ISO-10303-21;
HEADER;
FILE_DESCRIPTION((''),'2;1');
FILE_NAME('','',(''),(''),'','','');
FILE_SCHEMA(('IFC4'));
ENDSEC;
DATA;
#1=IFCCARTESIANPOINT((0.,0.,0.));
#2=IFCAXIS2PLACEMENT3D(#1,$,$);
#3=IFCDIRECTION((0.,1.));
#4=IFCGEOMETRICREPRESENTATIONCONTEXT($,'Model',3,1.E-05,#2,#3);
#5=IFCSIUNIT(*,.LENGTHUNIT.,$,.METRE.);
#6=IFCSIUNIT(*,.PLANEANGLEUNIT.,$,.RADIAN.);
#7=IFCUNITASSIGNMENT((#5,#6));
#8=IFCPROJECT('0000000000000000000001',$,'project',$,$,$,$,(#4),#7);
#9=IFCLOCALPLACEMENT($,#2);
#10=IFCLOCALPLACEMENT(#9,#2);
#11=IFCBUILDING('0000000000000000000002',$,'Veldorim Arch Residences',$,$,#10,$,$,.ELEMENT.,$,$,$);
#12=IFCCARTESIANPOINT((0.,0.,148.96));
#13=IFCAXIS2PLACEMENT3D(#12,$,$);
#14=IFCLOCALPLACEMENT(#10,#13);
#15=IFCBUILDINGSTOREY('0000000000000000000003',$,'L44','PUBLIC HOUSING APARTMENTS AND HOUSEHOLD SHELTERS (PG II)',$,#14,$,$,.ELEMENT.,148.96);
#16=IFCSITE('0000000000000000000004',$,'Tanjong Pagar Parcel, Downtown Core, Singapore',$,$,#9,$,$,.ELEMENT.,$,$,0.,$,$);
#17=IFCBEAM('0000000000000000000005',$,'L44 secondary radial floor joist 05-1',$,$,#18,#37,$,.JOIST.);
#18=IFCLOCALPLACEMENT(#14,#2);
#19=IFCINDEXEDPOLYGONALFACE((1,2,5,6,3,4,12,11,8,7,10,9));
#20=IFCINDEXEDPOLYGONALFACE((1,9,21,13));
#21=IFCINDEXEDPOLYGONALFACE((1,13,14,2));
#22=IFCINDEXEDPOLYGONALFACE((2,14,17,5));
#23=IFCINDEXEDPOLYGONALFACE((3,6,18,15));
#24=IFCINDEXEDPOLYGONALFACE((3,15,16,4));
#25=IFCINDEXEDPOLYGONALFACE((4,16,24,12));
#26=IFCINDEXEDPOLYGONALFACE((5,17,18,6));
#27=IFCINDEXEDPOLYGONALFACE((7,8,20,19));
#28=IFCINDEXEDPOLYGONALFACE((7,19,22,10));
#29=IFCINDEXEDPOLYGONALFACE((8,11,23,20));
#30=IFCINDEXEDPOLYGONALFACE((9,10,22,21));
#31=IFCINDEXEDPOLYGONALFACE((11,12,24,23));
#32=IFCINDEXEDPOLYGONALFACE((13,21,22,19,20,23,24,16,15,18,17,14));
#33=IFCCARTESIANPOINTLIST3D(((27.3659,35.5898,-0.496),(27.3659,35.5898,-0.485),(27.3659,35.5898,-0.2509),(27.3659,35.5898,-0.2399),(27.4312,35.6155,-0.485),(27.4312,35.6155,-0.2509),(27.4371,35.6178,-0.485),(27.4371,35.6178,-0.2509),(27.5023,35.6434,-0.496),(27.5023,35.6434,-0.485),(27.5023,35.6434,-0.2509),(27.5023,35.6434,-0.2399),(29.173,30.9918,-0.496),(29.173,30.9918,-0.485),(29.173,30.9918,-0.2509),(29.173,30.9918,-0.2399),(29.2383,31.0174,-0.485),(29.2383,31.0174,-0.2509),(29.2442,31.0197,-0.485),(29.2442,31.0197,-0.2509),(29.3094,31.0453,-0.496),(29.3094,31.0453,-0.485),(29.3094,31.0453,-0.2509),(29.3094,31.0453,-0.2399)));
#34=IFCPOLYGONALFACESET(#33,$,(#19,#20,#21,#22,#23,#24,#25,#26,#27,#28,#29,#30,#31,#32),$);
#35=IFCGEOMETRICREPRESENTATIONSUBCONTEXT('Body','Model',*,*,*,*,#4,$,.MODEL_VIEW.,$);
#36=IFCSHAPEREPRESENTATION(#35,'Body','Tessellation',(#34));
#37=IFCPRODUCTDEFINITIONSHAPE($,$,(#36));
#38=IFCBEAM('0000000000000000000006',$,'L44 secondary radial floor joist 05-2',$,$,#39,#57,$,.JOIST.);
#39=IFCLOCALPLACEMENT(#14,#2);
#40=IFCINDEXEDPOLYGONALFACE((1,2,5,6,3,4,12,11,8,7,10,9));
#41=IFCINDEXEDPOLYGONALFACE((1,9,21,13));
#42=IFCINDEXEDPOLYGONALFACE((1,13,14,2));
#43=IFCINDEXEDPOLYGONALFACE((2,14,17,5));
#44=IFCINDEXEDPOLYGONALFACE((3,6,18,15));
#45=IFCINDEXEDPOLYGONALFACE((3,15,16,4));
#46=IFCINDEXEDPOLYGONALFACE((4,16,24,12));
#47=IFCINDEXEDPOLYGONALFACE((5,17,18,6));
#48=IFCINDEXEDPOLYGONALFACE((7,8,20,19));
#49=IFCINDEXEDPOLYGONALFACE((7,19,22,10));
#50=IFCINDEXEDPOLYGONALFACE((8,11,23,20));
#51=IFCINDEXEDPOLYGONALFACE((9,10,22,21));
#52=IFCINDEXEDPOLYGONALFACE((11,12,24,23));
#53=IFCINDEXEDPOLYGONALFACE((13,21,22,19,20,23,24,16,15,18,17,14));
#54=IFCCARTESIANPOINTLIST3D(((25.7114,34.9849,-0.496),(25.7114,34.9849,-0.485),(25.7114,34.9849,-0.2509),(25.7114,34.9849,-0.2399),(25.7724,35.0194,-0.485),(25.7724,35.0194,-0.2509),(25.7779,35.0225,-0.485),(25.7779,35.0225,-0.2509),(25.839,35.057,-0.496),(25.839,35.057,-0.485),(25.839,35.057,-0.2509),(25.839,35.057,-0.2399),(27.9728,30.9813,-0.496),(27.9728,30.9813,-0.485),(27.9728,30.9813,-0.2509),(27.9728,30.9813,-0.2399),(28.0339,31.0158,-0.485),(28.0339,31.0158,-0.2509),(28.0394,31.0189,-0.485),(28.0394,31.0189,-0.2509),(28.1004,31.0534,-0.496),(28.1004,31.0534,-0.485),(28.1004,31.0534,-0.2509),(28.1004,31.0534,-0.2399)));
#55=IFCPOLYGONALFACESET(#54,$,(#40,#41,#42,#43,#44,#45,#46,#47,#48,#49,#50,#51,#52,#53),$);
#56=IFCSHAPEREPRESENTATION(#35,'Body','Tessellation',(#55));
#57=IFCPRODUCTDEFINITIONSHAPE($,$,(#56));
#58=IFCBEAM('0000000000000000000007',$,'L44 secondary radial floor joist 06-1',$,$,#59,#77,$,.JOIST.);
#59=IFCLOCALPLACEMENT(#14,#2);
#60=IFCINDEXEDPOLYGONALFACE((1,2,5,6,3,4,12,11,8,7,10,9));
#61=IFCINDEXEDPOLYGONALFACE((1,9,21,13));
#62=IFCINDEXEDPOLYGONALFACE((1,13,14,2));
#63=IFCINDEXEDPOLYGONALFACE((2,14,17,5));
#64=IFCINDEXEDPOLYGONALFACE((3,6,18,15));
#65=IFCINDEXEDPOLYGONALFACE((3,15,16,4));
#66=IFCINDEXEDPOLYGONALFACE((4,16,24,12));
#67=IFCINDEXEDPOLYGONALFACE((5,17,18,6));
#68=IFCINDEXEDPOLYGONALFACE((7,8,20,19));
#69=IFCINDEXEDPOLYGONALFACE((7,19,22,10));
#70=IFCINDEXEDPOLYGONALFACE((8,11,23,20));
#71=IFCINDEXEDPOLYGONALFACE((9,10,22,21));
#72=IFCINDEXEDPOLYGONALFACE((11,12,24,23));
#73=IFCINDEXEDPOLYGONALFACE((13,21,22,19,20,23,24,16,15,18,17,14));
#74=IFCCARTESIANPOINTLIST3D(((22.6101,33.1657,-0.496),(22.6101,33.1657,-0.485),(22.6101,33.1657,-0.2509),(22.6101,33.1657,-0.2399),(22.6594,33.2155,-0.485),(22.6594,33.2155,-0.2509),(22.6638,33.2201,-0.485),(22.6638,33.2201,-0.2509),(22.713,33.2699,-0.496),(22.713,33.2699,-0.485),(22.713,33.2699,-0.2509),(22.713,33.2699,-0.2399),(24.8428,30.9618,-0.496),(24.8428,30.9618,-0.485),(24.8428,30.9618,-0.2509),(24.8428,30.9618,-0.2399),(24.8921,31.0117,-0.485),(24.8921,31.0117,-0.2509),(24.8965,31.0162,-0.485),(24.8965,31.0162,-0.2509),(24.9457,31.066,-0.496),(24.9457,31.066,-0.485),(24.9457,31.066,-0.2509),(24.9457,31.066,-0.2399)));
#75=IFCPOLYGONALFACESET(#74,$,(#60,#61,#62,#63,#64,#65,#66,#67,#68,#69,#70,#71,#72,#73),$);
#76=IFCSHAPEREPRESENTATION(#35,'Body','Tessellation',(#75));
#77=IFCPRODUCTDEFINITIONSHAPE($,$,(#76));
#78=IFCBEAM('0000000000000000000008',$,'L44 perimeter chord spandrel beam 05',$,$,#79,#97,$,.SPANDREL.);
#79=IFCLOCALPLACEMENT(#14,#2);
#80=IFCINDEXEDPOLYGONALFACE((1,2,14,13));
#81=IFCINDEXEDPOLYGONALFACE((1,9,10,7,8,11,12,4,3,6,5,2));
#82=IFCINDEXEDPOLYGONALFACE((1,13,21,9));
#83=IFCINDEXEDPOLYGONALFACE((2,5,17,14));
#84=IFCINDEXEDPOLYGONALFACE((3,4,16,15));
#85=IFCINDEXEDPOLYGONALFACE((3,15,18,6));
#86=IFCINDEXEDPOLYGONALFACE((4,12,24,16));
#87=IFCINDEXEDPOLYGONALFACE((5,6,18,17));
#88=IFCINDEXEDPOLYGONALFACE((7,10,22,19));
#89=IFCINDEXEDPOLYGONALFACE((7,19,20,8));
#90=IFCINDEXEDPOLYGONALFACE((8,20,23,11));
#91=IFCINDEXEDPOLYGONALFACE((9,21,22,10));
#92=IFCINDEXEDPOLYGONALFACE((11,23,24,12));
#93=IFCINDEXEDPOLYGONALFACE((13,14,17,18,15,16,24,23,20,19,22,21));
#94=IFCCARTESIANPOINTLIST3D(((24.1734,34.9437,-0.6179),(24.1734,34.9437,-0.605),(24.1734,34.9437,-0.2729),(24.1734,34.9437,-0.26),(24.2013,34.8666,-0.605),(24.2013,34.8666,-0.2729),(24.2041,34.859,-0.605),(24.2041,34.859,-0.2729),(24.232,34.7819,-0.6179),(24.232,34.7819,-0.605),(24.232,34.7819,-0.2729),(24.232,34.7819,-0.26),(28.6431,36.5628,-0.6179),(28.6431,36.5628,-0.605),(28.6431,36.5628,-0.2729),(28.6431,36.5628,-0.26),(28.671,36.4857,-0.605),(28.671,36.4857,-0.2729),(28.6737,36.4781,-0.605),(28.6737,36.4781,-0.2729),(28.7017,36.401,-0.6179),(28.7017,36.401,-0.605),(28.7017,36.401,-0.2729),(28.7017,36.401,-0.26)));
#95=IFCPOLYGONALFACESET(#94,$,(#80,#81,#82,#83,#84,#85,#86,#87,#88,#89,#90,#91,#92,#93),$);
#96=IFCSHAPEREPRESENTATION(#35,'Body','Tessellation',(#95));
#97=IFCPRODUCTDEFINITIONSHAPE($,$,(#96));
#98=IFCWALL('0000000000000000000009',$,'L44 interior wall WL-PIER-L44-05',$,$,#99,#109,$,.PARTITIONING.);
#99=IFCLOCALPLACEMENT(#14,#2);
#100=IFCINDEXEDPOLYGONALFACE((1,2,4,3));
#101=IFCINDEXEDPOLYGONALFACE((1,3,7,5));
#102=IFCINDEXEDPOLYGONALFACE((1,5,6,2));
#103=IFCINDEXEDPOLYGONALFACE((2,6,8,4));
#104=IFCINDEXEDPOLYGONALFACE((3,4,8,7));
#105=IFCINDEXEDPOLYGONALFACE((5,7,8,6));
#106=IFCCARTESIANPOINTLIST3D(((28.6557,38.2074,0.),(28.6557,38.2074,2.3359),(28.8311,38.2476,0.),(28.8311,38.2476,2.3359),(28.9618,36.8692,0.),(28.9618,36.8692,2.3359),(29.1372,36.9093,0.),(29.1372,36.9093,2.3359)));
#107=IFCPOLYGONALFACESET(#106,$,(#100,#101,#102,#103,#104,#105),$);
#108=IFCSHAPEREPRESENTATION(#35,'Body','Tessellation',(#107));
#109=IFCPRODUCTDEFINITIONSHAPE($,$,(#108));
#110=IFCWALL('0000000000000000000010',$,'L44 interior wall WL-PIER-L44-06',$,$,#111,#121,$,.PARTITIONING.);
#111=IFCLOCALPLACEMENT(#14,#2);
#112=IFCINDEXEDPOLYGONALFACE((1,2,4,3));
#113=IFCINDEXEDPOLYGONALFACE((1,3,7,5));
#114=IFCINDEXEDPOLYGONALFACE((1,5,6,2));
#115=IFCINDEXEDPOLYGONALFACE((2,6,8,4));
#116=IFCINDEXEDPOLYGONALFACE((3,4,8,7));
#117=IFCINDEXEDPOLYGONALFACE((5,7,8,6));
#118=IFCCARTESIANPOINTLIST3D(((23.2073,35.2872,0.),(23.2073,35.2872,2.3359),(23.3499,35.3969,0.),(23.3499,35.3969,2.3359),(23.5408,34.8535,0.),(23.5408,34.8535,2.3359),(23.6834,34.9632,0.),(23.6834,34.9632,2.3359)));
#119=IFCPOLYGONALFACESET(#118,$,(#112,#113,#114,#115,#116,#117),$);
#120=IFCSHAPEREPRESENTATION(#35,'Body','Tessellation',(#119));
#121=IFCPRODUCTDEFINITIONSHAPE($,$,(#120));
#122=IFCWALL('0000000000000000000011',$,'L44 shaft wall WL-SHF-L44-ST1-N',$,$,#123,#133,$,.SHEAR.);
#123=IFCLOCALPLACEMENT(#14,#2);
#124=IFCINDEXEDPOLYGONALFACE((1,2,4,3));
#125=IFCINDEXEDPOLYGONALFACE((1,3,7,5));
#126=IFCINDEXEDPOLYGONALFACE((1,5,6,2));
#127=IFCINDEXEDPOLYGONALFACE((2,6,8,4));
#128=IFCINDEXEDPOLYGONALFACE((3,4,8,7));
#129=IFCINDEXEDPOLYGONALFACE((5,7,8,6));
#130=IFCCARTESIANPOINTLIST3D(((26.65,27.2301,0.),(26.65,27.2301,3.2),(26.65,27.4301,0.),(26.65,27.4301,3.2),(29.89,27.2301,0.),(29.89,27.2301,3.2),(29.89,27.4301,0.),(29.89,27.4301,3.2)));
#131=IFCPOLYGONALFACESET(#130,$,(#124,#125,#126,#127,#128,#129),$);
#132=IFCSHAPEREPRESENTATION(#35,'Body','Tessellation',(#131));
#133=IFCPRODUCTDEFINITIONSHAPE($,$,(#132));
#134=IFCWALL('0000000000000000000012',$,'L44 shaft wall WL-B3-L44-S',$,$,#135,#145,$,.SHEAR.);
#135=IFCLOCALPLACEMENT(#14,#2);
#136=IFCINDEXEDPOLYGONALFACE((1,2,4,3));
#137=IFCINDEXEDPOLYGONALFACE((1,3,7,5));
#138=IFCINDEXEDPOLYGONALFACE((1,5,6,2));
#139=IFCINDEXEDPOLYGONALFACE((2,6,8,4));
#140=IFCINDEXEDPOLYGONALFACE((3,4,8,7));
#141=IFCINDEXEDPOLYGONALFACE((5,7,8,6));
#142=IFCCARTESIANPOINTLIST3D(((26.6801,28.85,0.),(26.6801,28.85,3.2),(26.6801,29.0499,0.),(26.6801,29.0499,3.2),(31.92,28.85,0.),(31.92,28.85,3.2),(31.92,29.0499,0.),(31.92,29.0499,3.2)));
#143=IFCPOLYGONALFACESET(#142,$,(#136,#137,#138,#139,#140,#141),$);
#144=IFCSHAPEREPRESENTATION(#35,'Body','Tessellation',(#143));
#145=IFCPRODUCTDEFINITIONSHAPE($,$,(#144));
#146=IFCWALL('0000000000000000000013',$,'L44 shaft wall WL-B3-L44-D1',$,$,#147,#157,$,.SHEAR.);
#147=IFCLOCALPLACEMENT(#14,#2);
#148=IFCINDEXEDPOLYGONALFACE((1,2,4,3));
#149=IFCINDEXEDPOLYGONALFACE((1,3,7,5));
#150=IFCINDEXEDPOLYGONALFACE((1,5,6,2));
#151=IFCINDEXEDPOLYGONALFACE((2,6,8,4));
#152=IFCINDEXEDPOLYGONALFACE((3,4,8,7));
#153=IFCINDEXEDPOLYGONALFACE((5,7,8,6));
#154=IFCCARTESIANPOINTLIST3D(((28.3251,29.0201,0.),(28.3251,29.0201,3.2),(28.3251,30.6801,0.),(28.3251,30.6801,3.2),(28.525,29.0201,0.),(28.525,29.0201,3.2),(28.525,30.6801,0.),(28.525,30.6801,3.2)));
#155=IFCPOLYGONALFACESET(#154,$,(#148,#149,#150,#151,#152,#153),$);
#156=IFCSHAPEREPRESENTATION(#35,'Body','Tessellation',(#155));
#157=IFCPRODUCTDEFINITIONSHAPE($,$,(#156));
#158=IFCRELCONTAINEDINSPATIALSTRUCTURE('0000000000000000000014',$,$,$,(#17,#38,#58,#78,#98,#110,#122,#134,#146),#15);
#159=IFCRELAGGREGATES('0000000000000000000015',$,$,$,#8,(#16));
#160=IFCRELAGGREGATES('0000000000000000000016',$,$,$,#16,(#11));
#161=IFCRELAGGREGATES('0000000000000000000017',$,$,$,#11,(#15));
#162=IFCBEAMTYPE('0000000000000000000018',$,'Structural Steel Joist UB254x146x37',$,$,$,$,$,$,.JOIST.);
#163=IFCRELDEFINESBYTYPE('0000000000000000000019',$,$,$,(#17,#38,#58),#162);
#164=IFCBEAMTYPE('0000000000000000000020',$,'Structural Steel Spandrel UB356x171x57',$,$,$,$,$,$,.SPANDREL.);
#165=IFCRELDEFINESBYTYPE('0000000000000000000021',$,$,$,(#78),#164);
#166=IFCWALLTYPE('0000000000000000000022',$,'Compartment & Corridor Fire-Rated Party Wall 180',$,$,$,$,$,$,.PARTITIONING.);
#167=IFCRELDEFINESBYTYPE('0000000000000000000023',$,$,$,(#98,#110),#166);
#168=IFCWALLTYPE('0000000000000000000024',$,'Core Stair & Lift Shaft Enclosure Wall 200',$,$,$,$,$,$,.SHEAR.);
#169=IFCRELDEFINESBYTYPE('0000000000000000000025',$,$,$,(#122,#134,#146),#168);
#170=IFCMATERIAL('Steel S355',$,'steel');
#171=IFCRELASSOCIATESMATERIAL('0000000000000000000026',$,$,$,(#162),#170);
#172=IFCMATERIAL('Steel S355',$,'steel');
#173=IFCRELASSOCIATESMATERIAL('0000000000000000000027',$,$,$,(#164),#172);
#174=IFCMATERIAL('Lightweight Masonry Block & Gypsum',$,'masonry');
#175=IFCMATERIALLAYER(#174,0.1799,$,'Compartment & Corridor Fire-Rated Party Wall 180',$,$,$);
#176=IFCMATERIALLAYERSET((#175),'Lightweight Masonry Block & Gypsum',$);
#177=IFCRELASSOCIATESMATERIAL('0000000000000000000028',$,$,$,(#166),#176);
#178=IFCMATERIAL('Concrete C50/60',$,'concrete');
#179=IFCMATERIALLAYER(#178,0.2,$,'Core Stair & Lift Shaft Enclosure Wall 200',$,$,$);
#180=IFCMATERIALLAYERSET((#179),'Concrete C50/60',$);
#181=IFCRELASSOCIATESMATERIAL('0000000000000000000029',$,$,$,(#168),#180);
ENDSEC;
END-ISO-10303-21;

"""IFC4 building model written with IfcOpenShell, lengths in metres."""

from ifc_helpers import new_model, si_unit, direction, frame, frame_2d, origin, origin_2d, place, context, subcontext, project, spatial, rectangle, i_section, extrude, material, layer, layer_set, material_profile, profile_set, type_object, element, save


model = new_model("IFC4")

# Units and contexts
model_context = context("Model", 3, precision=1e-05, world=origin(), true_north=direction((0.0, 1.0)))
body_context = subcontext(model_context, "Body", "Model", "MODEL_VIEW")
ifc_project = project(units=[si_unit("LENGTHUNIT", "METRE"), si_unit("PLANEANGLEUNIT", "RADIAN")], contexts=[model_context])

# Site, building, storey
site_placement = place(None, origin())
site = spatial("IfcSite", under=ifc_project, at=site_placement, Name="Tanjong Pagar Parcel, Downtown Core, Singapore", CompositionType="ELEMENT", RefElevation=0.0)
building_placement = place(site_placement, origin())
building = spatial("IfcBuilding", under=site, at=building_placement, Name="Veldorim Arch Residences", CompositionType="ELEMENT")
storey_placement = place(building_placement, frame((0.0, 0.0, 148.96)))
storey = spatial("IfcBuildingStorey", under=building, at=storey_placement, Name="L44", Description="PUBLIC HOUSING APARTMENTS AND HOUSEHOLD SHELTERS (PG II)", CompositionType="ELEMENT", Elevation=148.96)

# Beams
ifc_material_1 = material(Name="Steel S355", Category="steel")
ifc_material_profile_1 = material_profile(ifc_material_1, i_section(OverallWidth=0.1465, OverallDepth=0.2561, WebThickness=0.0063, FlangeThickness=0.011, at=origin_2d()), Name="UB254x146x37")
ifc_profile_set_1 = profile_set([ifc_material_profile_1], Name="Steel S355")
beam_type_1 = type_object("IfcBeamType", Name="Structural Steel Joist UB254x146x37", PredefinedType="JOIST", material=ifc_profile_set_1)
beam_1_placement = place(storey_placement, frame((29.2412, 31.0186, -0.3679), z_axis=(-0.365778, 0.930702, 0.0), x_axis=(-0.930702, -0.365778, 0.0)))
element("IfcBeam", 1, at=beam_1_placement, inside=storey, type_object=beam_type_1, Name="L44 secondary radial floor joist 05-1", PredefinedType="JOIST", context=body_context, shape_type="SweptSolid", body=[
    extrude(i_section(OverallWidth=0.1465, OverallDepth=0.2561, WebThickness=0.0063, FlangeThickness=0.011, at=origin_2d()), origin(), (0.0, 0.0, 1.0), 4.9404),
])
beam_2_placement = place(storey_placement, frame((28.0366, 31.0173, -0.3679), z_axis=(-0.491816, 0.870699, 0.0), x_axis=(-0.870699, -0.491816, 0.0)))
element("IfcBeam", 2, at=beam_2_placement, inside=storey, type_object=beam_type_1, Name="L44 secondary radial floor joist 05-2", PredefinedType="JOIST", context=body_context, shape_type="SweptSolid", body=[
    extrude(i_section(OverallWidth=0.1465, OverallDepth=0.2561, WebThickness=0.0063, FlangeThickness=0.011, at=origin_2d()), origin(), (0.0, 0.0, 1.0), 4.5981),
])
beam_3_placement = place(storey_placement, frame((24.8943, 31.0139, -0.3679), z_axis=(-0.711683, 0.7025, 0.0), x_axis=(-0.7025, -0.711683, 0.0)))
element("IfcBeam", 3, at=beam_3_placement, inside=storey, type_object=beam_type_1, Name="L44 secondary radial floor joist 06-1", PredefinedType="JOIST", context=body_context, shape_type="SweptSolid", body=[
    extrude(i_section(OverallWidth=0.1465, OverallDepth=0.2561, WebThickness=0.0063, FlangeThickness=0.011, at=origin_2d()), origin(), (0.0, 0.0, 1.0), 3.1372),
])
ifc_material_2 = material(Name="Steel S355", Category="steel")
ifc_material_profile_2 = material_profile(ifc_material_2, i_section(OverallWidth=0.1721, OverallDepth=0.3579, WebThickness=0.0081, FlangeThickness=0.0129, at=origin_2d()), Name="UB356x171x57")
ifc_profile_set_2 = profile_set([ifc_material_profile_2], Name="Steel S355")
beam_type_2 = type_object("IfcBeamType", Name="Structural Steel Spandrel UB356x171x57", PredefinedType="SPANDREL", material=ifc_profile_set_2)
beam_4_placement = place(storey_placement, frame((28.6724, 36.4819, -0.439), z_axis=(-0.940213, -0.340588, 0.0), x_axis=(0.340588, -0.940213, 0.0)))
element("IfcBeam", 4, at=beam_4_placement, inside=storey, type_object=beam_type_2, Name="L44 perimeter chord spandrel beam 05", PredefinedType="SPANDREL", context=body_context, shape_type="SweptSolid", body=[
    extrude(i_section(OverallWidth=0.1721, OverallDepth=0.3579, WebThickness=0.0081, FlangeThickness=0.0129, at=origin_2d()), origin(), (0.0, 0.0, 1.0), 4.7539),
])

# Walls
ifc_material_3 = material(Name="Lightweight Masonry Block & Gypsum", Category="masonry")
ifc_layer_1 = layer(ifc_material_3, 0.1799, Name="Compartment & Corridor Fire-Rated Party Wall 180")
ifc_layer_set_1 = layer_set([ifc_layer_1], Name="Lightweight Masonry Block & Gypsum")
wall_type_1 = type_object("IfcWallType", Name="Compartment & Corridor Fire-Rated Party Wall 180", PredefinedType="PARTITIONING", material=ifc_layer_set_1)
wall_1_placement = place(storey_placement, frame((29.0496, 36.8892, 0.0), z_axis=(0.0, 0.0, 1.0), x_axis=(-0.223028, 0.974812, 0.0)))
element("IfcWall", 5, at=wall_1_placement, inside=storey, type_object=wall_type_1, Name="L44 interior wall WL-PIER-L44-05", PredefinedType="PARTITIONING", context=body_context, shape_type="SweptSolid", body=[
    extrude(rectangle(XDim=1.3728, YDim=0.1799, at=frame_2d((0.6865, 0.0))), origin(), (0.0, 0.0, 1.0), 2.3359),
])
wall_2_placement = place(storey_placement, frame((23.6121, 34.9084, 0.0), z_axis=(0.0, 0.0, 1.0), x_axis=(-0.609668, 0.792657, 0.0)))
element("IfcWall", 6, at=wall_2_placement, inside=storey, type_object=wall_type_1, Name="L44 interior wall WL-PIER-L44-06", PredefinedType="PARTITIONING", context=body_context, shape_type="SweptSolid", body=[
    extrude(rectangle(XDim=0.5471, YDim=0.1799, at=frame_2d((0.2734, 0.0))), origin(), (0.0, 0.0, 1.0), 2.3359),
])
ifc_material_4 = material(Name="Concrete C50/60", Category="concrete")
ifc_layer_2 = layer(ifc_material_4, 0.2, Name="Core Stair & Lift Shaft Enclosure Wall 200")
ifc_layer_set_2 = layer_set([ifc_layer_2], Name="Concrete C50/60")
wall_type_2 = type_object("IfcWallType", Name="Core Stair & Lift Shaft Enclosure Wall 200", PredefinedType="SHEAR", material=ifc_layer_set_2)
wall_3_placement = place(storey_placement, frame((26.6499, 27.3301, 0.0), z_axis=(0.0, 0.0, 1.0), x_axis=(1.0, 0.0, 0.0)))
element("IfcWall", 7, at=wall_3_placement, inside=storey, type_object=wall_type_2, Name="L44 shaft wall WL-SHF-L44-ST1-N", PredefinedType="SHEAR", context=body_context, shape_type="SweptSolid", body=[
    extrude(rectangle(XDim=3.24, YDim=0.2, at=frame_2d((1.6201, 0.0))), origin(), (0.0, 0.0, 1.0), 3.2),
])
wall_4_placement = place(storey_placement, frame((26.6799, 28.95, 0.0), z_axis=(0.0, 0.0, 1.0), x_axis=(1.0, 0.0, 0.0)))
element("IfcWall", 8, at=wall_4_placement, inside=storey, type_object=wall_type_2, Name="L44 shaft wall WL-B3-L44-S", PredefinedType="SHEAR", context=body_context, shape_type="SweptSolid", body=[
    extrude(rectangle(XDim=5.24, YDim=0.2, at=frame_2d((2.6201, 0.0))), origin(), (0.0, 0.0, 1.0), 3.2),
])
wall_5_placement = place(storey_placement, frame((28.425, 29.02, 0.0), z_axis=(0.0, 0.0, 1.0), x_axis=(0.0, 1.0, 0.0)))
element("IfcWall", 9, at=wall_5_placement, inside=storey, type_object=wall_type_2, Name="L44 shaft wall WL-B3-L44-D1", PredefinedType="SHEAR", context=body_context, shape_type="SweptSolid", body=[
    extrude(rectangle(XDim=1.6599, YDim=0.2, at=frame_2d((0.8301, 0.0))), origin(), (0.0, 0.0, 1.0), 3.2),
])

save(model, "model.ifc")
